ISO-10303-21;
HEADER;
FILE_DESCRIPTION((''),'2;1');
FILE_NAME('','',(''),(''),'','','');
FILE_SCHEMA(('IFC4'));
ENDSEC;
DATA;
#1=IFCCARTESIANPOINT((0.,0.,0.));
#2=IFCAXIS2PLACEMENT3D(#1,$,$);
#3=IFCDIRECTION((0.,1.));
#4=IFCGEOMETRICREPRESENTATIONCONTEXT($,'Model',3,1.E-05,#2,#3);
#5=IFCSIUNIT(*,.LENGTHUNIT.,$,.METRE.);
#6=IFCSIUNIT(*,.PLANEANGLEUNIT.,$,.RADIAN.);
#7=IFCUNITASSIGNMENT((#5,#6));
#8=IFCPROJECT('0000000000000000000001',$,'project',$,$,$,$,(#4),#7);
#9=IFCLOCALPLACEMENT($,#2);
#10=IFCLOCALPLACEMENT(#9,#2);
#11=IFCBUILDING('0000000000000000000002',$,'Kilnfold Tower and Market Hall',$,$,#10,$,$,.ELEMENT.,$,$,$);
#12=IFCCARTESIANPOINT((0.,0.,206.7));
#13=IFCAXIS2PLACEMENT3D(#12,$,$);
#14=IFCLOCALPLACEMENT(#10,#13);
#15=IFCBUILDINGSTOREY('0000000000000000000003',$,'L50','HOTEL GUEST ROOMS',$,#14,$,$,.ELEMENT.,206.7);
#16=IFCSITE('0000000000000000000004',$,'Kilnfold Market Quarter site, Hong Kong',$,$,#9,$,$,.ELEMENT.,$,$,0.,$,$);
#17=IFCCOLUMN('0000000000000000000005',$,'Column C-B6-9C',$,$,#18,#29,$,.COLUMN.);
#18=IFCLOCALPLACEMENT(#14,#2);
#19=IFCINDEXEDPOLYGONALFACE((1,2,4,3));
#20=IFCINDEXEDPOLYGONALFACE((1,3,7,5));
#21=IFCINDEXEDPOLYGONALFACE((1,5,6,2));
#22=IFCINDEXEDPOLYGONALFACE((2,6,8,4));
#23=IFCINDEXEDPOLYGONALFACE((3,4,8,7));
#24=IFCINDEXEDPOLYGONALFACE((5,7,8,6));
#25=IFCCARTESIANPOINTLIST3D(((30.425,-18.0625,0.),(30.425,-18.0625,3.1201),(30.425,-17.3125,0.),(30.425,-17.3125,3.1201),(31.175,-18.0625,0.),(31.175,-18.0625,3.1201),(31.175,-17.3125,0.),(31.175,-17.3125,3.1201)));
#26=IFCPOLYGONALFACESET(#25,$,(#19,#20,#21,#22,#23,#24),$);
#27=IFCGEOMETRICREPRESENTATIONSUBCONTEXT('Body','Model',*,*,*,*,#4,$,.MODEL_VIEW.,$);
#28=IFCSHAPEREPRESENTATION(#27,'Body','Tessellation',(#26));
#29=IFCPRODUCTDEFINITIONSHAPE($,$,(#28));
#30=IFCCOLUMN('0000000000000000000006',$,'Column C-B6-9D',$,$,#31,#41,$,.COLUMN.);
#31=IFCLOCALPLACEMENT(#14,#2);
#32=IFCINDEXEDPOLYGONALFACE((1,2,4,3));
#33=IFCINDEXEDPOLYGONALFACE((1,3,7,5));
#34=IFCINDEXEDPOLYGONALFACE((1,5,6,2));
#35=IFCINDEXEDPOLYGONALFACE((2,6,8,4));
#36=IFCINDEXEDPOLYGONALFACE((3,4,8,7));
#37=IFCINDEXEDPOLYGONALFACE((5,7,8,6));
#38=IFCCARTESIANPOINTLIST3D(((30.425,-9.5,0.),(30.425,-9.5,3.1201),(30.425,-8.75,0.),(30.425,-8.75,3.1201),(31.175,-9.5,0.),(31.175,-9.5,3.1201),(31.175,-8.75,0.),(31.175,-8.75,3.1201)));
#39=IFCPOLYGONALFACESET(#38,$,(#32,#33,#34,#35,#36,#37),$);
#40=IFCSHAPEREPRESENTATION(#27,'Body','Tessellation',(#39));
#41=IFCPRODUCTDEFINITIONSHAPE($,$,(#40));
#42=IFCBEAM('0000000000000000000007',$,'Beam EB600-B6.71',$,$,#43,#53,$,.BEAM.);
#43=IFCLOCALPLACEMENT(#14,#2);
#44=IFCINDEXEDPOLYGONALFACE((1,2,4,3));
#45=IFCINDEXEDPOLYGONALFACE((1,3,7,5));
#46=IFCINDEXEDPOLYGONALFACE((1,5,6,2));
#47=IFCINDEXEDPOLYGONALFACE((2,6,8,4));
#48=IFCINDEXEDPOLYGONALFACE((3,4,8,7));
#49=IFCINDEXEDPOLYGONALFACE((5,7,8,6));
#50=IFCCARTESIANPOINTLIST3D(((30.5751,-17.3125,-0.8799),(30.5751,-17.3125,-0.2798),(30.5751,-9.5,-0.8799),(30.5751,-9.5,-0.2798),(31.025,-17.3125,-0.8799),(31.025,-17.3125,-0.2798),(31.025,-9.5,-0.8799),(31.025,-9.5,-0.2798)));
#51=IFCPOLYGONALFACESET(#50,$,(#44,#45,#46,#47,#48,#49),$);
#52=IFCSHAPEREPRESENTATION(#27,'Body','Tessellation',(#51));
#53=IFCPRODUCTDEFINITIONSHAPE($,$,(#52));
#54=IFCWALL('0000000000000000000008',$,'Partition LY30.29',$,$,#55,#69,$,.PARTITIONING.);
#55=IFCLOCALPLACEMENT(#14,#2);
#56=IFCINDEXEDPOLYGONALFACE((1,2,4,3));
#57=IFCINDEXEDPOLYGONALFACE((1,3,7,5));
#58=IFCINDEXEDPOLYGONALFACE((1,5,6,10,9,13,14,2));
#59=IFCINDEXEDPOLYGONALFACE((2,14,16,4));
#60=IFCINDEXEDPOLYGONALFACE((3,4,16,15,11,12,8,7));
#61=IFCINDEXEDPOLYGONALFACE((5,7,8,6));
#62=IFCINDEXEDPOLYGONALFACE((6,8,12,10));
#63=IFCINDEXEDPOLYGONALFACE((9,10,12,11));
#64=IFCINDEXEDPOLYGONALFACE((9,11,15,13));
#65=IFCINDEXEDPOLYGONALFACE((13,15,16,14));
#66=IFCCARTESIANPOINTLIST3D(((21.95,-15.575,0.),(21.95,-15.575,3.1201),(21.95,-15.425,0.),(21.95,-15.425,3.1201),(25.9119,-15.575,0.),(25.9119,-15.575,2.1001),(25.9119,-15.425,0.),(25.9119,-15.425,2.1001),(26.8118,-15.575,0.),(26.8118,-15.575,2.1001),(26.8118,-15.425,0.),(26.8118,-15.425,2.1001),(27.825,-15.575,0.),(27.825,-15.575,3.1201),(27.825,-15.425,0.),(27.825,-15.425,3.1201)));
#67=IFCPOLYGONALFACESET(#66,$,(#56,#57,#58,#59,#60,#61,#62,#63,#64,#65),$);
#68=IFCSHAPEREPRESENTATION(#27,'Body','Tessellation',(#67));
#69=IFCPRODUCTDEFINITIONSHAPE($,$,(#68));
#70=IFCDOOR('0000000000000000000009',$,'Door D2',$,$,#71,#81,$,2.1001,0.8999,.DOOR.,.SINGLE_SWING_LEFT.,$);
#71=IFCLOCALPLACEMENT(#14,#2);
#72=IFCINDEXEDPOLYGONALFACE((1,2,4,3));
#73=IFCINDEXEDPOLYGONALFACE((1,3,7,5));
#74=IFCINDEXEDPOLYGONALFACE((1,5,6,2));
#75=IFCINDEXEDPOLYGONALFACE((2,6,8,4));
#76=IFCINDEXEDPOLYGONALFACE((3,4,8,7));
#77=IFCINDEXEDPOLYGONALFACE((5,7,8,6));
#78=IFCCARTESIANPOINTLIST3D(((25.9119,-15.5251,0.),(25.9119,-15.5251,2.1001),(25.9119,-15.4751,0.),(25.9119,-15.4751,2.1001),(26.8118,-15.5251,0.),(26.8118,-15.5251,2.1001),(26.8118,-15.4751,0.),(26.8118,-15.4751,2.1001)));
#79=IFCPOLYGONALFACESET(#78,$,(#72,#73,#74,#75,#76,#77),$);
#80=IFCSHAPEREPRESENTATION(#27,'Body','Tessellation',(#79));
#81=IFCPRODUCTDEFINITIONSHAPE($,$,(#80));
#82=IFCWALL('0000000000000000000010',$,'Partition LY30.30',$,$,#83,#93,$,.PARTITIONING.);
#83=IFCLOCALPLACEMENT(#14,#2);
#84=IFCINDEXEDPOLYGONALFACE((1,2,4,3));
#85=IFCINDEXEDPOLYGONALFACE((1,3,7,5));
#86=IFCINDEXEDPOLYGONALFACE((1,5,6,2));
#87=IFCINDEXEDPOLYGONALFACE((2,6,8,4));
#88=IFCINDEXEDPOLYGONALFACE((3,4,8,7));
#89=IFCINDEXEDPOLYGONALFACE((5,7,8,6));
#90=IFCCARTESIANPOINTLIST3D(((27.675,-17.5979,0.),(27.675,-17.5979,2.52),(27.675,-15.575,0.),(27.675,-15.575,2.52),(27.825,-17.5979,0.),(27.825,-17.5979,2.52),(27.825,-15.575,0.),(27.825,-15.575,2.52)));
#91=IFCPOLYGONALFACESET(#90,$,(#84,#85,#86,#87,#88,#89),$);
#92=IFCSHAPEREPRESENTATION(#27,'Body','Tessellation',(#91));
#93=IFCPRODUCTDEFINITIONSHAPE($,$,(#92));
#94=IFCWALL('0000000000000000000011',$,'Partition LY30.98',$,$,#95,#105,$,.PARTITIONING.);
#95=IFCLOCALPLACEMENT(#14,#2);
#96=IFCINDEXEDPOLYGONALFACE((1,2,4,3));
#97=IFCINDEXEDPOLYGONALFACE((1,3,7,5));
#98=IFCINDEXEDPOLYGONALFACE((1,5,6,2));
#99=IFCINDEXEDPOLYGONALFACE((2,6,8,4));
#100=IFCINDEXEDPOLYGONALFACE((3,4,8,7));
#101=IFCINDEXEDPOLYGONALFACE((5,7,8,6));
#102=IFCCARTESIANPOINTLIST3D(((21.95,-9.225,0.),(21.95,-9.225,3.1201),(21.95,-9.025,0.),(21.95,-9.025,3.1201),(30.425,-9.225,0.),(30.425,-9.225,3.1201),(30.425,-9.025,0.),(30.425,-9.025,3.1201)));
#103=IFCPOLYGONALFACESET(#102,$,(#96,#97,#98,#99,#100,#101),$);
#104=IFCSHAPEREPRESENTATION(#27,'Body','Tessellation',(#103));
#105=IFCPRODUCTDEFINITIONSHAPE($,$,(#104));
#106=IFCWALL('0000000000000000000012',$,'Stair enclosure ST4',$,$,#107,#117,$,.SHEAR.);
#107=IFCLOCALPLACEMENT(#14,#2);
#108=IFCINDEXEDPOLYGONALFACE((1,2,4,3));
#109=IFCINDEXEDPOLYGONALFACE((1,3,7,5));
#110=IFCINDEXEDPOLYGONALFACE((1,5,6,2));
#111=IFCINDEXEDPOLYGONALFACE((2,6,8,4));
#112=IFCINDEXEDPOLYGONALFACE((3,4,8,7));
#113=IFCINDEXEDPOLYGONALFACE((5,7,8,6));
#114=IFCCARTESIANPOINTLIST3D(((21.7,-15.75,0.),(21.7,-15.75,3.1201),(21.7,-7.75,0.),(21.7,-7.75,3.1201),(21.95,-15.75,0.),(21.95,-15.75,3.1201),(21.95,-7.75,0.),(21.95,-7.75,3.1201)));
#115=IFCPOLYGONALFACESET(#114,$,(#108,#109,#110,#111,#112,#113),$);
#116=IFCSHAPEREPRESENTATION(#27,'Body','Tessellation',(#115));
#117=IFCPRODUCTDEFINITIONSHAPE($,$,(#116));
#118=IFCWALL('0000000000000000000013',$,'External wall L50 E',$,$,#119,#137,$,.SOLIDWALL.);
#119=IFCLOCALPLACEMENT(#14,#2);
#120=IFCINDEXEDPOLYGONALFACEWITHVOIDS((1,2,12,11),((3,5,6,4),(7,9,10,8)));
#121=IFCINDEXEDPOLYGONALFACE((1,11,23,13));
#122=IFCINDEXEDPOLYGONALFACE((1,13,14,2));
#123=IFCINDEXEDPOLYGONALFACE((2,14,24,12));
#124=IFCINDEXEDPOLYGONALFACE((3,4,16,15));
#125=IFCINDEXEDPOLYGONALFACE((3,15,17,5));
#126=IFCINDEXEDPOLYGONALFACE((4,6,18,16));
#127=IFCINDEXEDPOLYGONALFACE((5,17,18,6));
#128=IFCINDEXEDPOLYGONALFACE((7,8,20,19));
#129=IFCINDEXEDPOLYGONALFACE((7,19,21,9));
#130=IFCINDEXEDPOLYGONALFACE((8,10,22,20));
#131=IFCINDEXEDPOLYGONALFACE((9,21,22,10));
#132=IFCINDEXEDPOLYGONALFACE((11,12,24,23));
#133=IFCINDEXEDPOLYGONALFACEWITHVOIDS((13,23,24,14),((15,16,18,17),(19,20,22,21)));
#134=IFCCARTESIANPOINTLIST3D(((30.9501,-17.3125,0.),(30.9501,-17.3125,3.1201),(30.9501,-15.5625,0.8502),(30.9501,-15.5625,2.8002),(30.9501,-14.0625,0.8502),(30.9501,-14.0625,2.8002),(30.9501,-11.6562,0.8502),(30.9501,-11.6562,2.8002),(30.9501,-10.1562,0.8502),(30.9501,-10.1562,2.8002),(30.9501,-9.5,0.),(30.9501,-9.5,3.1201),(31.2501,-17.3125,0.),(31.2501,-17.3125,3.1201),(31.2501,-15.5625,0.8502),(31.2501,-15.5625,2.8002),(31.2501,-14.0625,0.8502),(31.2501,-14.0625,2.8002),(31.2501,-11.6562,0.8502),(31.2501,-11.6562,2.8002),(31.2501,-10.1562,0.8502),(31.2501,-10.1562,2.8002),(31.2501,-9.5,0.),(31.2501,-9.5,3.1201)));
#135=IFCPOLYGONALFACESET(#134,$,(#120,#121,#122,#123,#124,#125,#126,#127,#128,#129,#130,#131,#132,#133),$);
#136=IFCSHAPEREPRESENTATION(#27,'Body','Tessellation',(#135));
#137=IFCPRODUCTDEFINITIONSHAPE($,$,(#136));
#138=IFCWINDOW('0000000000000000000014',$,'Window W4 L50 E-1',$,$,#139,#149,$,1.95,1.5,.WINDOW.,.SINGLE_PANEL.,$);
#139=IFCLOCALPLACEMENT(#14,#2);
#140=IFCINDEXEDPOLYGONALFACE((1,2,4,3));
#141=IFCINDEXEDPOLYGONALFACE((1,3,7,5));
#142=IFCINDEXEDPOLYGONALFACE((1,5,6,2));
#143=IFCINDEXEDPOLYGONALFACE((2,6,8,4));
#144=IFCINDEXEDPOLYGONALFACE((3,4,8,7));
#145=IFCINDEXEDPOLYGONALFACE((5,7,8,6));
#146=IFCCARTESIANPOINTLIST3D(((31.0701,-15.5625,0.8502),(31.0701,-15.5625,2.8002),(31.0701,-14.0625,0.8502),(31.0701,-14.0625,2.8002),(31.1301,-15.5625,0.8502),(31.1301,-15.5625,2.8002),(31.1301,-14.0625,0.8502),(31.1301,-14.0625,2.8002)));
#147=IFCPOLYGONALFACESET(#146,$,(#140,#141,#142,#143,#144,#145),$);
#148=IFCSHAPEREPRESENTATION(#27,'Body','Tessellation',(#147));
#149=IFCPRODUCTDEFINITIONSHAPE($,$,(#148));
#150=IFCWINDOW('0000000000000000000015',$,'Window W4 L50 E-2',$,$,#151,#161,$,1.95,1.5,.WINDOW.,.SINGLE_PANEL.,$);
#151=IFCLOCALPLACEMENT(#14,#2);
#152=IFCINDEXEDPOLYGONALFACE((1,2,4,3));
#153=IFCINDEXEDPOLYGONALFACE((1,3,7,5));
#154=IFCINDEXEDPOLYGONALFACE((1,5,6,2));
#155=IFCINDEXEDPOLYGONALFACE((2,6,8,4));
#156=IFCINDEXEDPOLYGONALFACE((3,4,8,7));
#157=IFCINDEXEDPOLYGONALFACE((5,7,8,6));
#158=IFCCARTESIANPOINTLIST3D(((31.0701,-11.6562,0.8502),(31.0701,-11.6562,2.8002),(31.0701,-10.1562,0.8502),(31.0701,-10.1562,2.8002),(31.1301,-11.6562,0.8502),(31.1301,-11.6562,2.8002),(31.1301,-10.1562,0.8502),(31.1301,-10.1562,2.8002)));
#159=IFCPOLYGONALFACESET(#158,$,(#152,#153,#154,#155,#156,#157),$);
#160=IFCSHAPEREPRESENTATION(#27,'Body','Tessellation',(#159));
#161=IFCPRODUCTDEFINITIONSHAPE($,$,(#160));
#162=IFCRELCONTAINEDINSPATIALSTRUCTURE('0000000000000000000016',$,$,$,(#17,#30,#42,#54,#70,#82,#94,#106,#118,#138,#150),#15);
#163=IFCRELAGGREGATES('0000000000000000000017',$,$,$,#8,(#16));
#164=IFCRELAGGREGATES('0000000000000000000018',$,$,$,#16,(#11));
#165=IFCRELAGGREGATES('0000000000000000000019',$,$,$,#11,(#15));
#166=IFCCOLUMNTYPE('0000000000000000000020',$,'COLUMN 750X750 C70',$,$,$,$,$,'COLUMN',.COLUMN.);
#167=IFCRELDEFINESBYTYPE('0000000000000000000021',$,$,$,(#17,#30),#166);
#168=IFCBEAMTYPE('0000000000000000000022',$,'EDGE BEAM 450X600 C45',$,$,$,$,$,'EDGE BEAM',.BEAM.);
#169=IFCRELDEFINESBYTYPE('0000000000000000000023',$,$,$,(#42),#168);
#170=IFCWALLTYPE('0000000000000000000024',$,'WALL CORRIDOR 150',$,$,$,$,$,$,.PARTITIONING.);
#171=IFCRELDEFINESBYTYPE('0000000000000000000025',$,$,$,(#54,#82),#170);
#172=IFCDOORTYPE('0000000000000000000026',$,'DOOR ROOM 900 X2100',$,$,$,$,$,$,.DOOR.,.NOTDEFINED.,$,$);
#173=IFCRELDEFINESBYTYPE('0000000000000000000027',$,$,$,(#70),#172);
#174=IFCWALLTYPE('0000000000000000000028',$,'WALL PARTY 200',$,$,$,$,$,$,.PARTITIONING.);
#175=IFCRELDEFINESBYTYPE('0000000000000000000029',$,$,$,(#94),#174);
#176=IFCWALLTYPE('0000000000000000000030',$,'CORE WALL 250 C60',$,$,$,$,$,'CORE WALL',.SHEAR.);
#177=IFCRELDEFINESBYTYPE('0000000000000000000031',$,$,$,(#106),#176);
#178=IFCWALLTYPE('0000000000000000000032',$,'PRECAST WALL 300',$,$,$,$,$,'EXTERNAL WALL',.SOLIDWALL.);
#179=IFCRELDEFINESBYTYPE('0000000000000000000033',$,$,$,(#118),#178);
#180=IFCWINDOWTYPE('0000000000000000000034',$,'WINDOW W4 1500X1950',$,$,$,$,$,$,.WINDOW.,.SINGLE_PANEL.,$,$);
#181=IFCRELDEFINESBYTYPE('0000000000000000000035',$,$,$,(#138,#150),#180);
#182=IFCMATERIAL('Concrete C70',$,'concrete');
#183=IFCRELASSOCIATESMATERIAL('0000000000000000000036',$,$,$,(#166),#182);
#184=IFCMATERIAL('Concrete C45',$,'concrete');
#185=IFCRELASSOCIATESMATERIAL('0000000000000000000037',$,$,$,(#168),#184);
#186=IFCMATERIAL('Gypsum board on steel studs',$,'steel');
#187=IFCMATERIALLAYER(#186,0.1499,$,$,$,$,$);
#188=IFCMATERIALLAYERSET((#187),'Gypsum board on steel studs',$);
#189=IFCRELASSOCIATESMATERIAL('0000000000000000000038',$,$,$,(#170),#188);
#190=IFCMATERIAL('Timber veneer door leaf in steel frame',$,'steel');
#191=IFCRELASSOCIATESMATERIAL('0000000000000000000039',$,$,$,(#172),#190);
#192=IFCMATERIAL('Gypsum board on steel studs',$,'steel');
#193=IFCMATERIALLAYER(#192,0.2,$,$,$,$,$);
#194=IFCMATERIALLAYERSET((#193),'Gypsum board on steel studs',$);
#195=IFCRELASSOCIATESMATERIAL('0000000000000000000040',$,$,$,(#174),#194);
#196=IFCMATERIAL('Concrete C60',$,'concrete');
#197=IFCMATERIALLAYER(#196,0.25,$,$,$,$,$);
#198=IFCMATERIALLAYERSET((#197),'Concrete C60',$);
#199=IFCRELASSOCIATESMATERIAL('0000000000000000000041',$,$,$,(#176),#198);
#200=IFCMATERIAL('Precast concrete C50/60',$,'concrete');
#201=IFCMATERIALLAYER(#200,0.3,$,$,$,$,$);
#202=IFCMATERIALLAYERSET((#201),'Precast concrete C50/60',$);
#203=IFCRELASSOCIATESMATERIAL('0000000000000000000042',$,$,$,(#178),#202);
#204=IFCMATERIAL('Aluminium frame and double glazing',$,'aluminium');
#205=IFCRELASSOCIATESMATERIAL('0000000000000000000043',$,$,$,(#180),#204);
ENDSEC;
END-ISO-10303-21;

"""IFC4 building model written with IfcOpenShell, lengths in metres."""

from ifc_helpers import new_model, si_unit, direction, frame, frame_2d, origin, origin_2d, place, context, subcontext, project, spatial, rectangle, extrude, source, transform, mapped, material, layer, layer_set, material_profile, profile_set, type_object, element, fill, save


model = new_model("IFC4")

# Units and contexts
model_context = context("Model", 3, precision=1e-05, world=origin(), true_north=direction((0.0, 1.0)))
body_context = subcontext(model_context, "Body", "Model", "MODEL_VIEW")
ifc_project = project(units=[si_unit("LENGTHUNIT", "METRE"), si_unit("PLANEANGLEUNIT", "RADIAN")], contexts=[model_context])

# Site, building, storey
site_placement = place(None, origin())
site = spatial("IfcSite", under=ifc_project, at=site_placement, Name="Kilnfold Market Quarter site, Hong Kong", CompositionType="ELEMENT", RefElevation=0.0)
building_placement = place(site_placement, origin())
building = spatial("IfcBuilding", under=site, at=building_placement, Name="Kilnfold Tower and Market Hall", CompositionType="ELEMENT")
storey_placement = place(building_placement, frame((0.0, 0.0, 206.7)))
storey = spatial("IfcBuildingStorey", under=building, at=storey_placement, Name="L50", Description="HOTEL GUEST ROOMS", CompositionType="ELEMENT", Elevation=206.7)

# Columns
ifc_material_1 = material(Name="Concrete C70", Category="concrete")
ifc_material_profile_1 = material_profile(ifc_material_1, rectangle(XDim=0.75, YDim=0.75, at=origin_2d()), Name="RC 750x750")
ifc_profile_set_1 = profile_set([ifc_material_profile_1], Name="Concrete C70")
column_type = type_object("IfcColumnType", Name="COLUMN 750X750 C70", ElementType="COLUMN", PredefinedType="COLUMN", material=ifc_profile_set_1)
shared_shape_1 = source(origin(), body_context, "Body", "SweptSolid", [
    extrude(rectangle(XDim=0.75, YDim=0.75, at=origin_2d()), origin(), (0.0, 0.0, 1.0), 3.1201),
])
for number, where, z_axis, x_axis, name in (
    (1, (30.8, -17.6875, 0.0), (0.0, 0.0, 1.0), (1.0, 0.0, 0.0), "Column C-B6-9C"),
    (2, (30.8, -9.125, 0.0), (0.0, 0.0, 1.0), (1.0, 0.0, 0.0), "Column C-B6-9D"),
):
    element("IfcColumn", number, at=place(storey_placement, frame(where, z_axis=z_axis, x_axis=x_axis)), inside=storey, type_object=column_type, Name=name, PredefinedType="COLUMN", context=body_context, shape_type="MappedRepresentation", body=[
        mapped(shared_shape_1, transform((0.0, 0.0, 0.0))),
    ])

# Beam
ifc_material_2 = material(Name="Concrete C45", Category="concrete")
ifc_material_profile_2 = material_profile(ifc_material_2, rectangle(XDim=0.45, YDim=0.6001, at=origin_2d()), Name="RC 450x600")
ifc_profile_set_2 = profile_set([ifc_material_profile_2], Name="Concrete C45")
beam_type = type_object("IfcBeamType", Name="EDGE BEAM 450X600 C45", ElementType="EDGE BEAM", PredefinedType="BEAM", material=ifc_profile_set_2)
shared_shape_2 = source(origin(), body_context, "Body", "SweptSolid", [
    extrude(rectangle(XDim=0.45, YDim=0.6001, at=origin_2d()), origin(), (0.0, 0.0, 1.0), 7.8125),
])
beam_placement = place(storey_placement, frame((30.8, -17.3125, -0.5798), z_axis=(0.0, 1.0, 0.0), x_axis=(-1.0, 0.0, 0.0)))
element("IfcBeam", 3, at=beam_placement, inside=storey, type_object=beam_type, Name="Beam EB600-B6.71", PredefinedType="BEAM", context=body_context, shape_type="MappedRepresentation", body=[
    mapped(shared_shape_2, transform((0.0, 0.0, 0.0))),
])

# Wall, opening, door
ifc_material_3 = material(Name="Gypsum board on steel studs", Category="steel")
ifc_layer_1 = layer(ifc_material_3, 0.1499)
ifc_layer_set_1 = layer_set([ifc_layer_1], Name="Gypsum board on steel studs")
wall_type_1 = type_object("IfcWallType", Name="WALL CORRIDOR 150", PredefinedType="PARTITIONING", material=ifc_layer_set_1)
wall_1_placement = place(storey_placement, frame((21.95, -15.5, 0.0), z_axis=(0.0, 0.0, 1.0), x_axis=(1.0, 0.0, 0.0)))
wall_1 = element("IfcWall", 4, at=wall_1_placement, inside=storey, type_object=wall_type_1, Name="Partition LY30.29", PredefinedType="PARTITIONING", context=body_context, shape_type="SweptSolid", body=[
    extrude(rectangle(XDim=5.875, YDim=0.1499, at=frame_2d((2.9375, 0.0))), origin(), (0.0, 0.0, 1.0), 3.1201),
])
opening_1_placement = place(wall_1_placement, frame((3.9619, 0.0, 0.0)))
opening_1 = element("IfcOpeningElement", 5, at=opening_1_placement, cuts=wall_1, PredefinedType="OPENING", context=body_context, shape_type="SweptSolid", body=[
    extrude(rectangle(XDim=0.8999, YDim=2.1001, at=frame_2d((0.45, 1.05))), frame((0.0, 0.085, 0.0), z_axis=(0.0, -1.0, 0.0), x_axis=(1.0, 0.0, 0.0)), (0.0, 0.0, 1.0), 0.1699),
])
ifc_material_4 = material(Name="Timber veneer door leaf in steel frame", Category="steel")
door_type = type_object("IfcDoorType", Name="DOOR ROOM 900 X2100", OperationType="NOTDEFINED", PredefinedType="DOOR", material=ifc_material_4)
door_placement = place(opening_1_placement, origin())
door = element("IfcDoor", 6, at=door_placement, inside=storey, type_object=door_type, Name="Door D2", OperationType="SINGLE_SWING_LEFT", OverallHeight=2.1001, OverallWidth=0.8999, PredefinedType="DOOR", context=body_context, shape_type="SweptSolid", body=[
    extrude(rectangle(XDim=0.8999, YDim=2.1001, at=frame_2d((0.45, 1.05))), frame((0.0, 0.0249, 0.0), z_axis=(0.0, -1.0, 0.0), x_axis=(1.0, 0.0, 0.0)), (0.0, 0.0, 1.0), 0.05),
])
fill(opening_1, door)

# Walls
wall_2_placement = place(storey_placement, frame((27.75, -17.5979, 0.0), z_axis=(0.0, 0.0, 1.0), x_axis=(0.0, 1.0, 0.0)))
element("IfcWall", 7, at=wall_2_placement, inside=storey, type_object=wall_type_1, Name="Partition LY30.30", PredefinedType="PARTITIONING", context=body_context, shape_type="SweptSolid", body=[
    extrude(rectangle(XDim=2.0229, YDim=0.1499, at=frame_2d((1.0115, 0.0))), origin(), (0.0, 0.0, 1.0), 2.52),
])
ifc_material_5 = material(Name="Gypsum board on steel studs", Category="steel")
ifc_layer_2 = layer(ifc_material_5, 0.2)
ifc_layer_set_2 = layer_set([ifc_layer_2], Name="Gypsum board on steel studs")
wall_type_2 = type_object("IfcWallType", Name="WALL PARTY 200", PredefinedType="PARTITIONING", material=ifc_layer_set_2)
wall_3_placement = place(storey_placement, frame((21.95, -9.125, 0.0), z_axis=(0.0, 0.0, 1.0), x_axis=(1.0, 0.0, 0.0)))
element("IfcWall", 8, at=wall_3_placement, inside=storey, type_object=wall_type_2, Name="Partition LY30.98", PredefinedType="PARTITIONING", context=body_context, shape_type="SweptSolid", body=[
    extrude(rectangle(XDim=8.4751, YDim=0.2, at=frame_2d((4.2375, 0.0))), origin(), (0.0, 0.0, 1.0), 3.1201),
])
ifc_material_6 = material(Name="Concrete C60", Category="concrete")
ifc_layer_3 = layer(ifc_material_6, 0.25)
ifc_layer_set_3 = layer_set([ifc_layer_3], Name="Concrete C60")
wall_type_3 = type_object("IfcWallType", Name="CORE WALL 250 C60", ElementType="CORE WALL", PredefinedType="SHEAR", material=ifc_layer_set_3)
shared_shape_3 = source(origin(), body_context, "Body", "SweptSolid", [
    extrude(rectangle(XDim=8.0, YDim=0.25, at=frame_2d((4.0, 0.0))), origin(), (0.0, 0.0, 1.0), 3.1201),
])
wall_4_placement = place(storey_placement, frame((21.825, -15.75, 0.0), z_axis=(0.0, 0.0, 1.0), x_axis=(0.0, 1.0, 0.0)))
element("IfcWall", 9, at=wall_4_placement, inside=storey, type_object=wall_type_3, Name="Stair enclosure ST4", PredefinedType="SHEAR", context=body_context, shape_type="MappedRepresentation", body=[
    mapped(shared_shape_3, transform((0.0, 0.0, 0.0))),
])

# Wall, openings, windows
ifc_material_7 = material(Name="Precast concrete C50/60", Category="concrete")
ifc_layer_4 = layer(ifc_material_7, 0.3)
ifc_layer_set_4 = layer_set([ifc_layer_4], Name="Precast concrete C50/60")
wall_type_4 = type_object("IfcWallType", Name="PRECAST WALL 300", ElementType="EXTERNAL WALL", PredefinedType="SOLIDWALL", material=ifc_layer_set_4)
shared_shape_4 = source(origin(), body_context, "Body", "SweptSolid", [
    extrude(rectangle(XDim=7.8125, YDim=0.3, at=frame_2d((3.9062, 0.0))), origin(), (0.0, 0.0, 1.0), 3.1201),
])
wall_5_placement = place(storey_placement, frame((31.1001, -17.3125, 0.0), z_axis=(0.0, 0.0, 1.0), x_axis=(0.0, 1.0, 0.0)))
wall_5 = element("IfcWall", 10, at=wall_5_placement, inside=storey, type_object=wall_type_4, Name="External wall L50 E", PredefinedType="SOLIDWALL", context=body_context, shape_type="MappedRepresentation", body=[
    mapped(shared_shape_4, transform((0.0, 0.0, 0.0))),
])
opening_2_placement = place(wall_5_placement, frame((1.75, 0.0, 0.8501)))
opening_2 = element("IfcOpeningElement", 11, at=opening_2_placement, cuts=wall_5, PredefinedType="OPENING", context=body_context, shape_type="SweptSolid", body=[
    extrude(rectangle(XDim=1.5, YDim=1.95, at=frame_2d((0.75, 0.9751))), frame((0.0, 0.1602, 0.0), z_axis=(0.0, -1.0, 0.0), x_axis=(1.0, 0.0, 0.0)), (0.0, 0.0, 1.0), 0.3201),
])
opening_3_placement = place(wall_5_placement, frame((5.6562, 0.0, 0.8501)))
opening_3 = element("IfcOpeningElement", 12, at=opening_3_placement, cuts=wall_5, PredefinedType="OPENING", context=body_context, shape_type="SweptSolid", body=[
    extrude(rectangle(XDim=1.5, YDim=1.95, at=frame_2d((0.75, 0.9751))), frame((0.0, 0.1602, 0.0), z_axis=(0.0, -1.0, 0.0), x_axis=(1.0, 0.0, 0.0)), (0.0, 0.0, 1.0), 0.3201),
])
ifc_material_8 = material(Name="Aluminium frame and double glazing", Category="aluminium")
window_type = type_object("IfcWindowType", Name="WINDOW W4 1500X1950", PartitioningType="SINGLE_PANEL", PredefinedType="WINDOW", material=ifc_material_8)
window_1_placement = place(opening_2_placement, origin())
window_1 = element("IfcWindow", 13, at=window_1_placement, inside=storey, type_object=window_type, Name="Window W4 L50 E-1", OverallHeight=1.95, OverallWidth=1.5, PartitioningType="SINGLE_PANEL", PredefinedType="WINDOW", context=body_context, shape_type="SweptSolid", body=[
    extrude(rectangle(XDim=1.5, YDim=1.95, at=frame_2d((0.75, 0.9751))), frame((0.0, 0.03, 0.0), z_axis=(0.0, -1.0, 0.0), x_axis=(1.0, 0.0, 0.0)), (0.0, 0.0, 1.0), 0.0601),
])
fill(opening_2, window_1)
window_2_placement = place(opening_3_placement, origin())
window_2 = element("IfcWindow", 14, at=window_2_placement, inside=storey, type_object=window_type, Name="Window W4 L50 E-2", OverallHeight=1.95, OverallWidth=1.5, PartitioningType="SINGLE_PANEL", PredefinedType="WINDOW", context=body_context, shape_type="SweptSolid", body=[
    extrude(rectangle(XDim=1.5, YDim=1.95, at=frame_2d((0.75, 0.9751))), frame((0.0, 0.03, 0.0), z_axis=(0.0, -1.0, 0.0), x_axis=(1.0, 0.0, 0.0)), (0.0, 0.0, 1.0), 0.0601),
])
fill(opening_3, window_2)

save(model, "model.ifc")
